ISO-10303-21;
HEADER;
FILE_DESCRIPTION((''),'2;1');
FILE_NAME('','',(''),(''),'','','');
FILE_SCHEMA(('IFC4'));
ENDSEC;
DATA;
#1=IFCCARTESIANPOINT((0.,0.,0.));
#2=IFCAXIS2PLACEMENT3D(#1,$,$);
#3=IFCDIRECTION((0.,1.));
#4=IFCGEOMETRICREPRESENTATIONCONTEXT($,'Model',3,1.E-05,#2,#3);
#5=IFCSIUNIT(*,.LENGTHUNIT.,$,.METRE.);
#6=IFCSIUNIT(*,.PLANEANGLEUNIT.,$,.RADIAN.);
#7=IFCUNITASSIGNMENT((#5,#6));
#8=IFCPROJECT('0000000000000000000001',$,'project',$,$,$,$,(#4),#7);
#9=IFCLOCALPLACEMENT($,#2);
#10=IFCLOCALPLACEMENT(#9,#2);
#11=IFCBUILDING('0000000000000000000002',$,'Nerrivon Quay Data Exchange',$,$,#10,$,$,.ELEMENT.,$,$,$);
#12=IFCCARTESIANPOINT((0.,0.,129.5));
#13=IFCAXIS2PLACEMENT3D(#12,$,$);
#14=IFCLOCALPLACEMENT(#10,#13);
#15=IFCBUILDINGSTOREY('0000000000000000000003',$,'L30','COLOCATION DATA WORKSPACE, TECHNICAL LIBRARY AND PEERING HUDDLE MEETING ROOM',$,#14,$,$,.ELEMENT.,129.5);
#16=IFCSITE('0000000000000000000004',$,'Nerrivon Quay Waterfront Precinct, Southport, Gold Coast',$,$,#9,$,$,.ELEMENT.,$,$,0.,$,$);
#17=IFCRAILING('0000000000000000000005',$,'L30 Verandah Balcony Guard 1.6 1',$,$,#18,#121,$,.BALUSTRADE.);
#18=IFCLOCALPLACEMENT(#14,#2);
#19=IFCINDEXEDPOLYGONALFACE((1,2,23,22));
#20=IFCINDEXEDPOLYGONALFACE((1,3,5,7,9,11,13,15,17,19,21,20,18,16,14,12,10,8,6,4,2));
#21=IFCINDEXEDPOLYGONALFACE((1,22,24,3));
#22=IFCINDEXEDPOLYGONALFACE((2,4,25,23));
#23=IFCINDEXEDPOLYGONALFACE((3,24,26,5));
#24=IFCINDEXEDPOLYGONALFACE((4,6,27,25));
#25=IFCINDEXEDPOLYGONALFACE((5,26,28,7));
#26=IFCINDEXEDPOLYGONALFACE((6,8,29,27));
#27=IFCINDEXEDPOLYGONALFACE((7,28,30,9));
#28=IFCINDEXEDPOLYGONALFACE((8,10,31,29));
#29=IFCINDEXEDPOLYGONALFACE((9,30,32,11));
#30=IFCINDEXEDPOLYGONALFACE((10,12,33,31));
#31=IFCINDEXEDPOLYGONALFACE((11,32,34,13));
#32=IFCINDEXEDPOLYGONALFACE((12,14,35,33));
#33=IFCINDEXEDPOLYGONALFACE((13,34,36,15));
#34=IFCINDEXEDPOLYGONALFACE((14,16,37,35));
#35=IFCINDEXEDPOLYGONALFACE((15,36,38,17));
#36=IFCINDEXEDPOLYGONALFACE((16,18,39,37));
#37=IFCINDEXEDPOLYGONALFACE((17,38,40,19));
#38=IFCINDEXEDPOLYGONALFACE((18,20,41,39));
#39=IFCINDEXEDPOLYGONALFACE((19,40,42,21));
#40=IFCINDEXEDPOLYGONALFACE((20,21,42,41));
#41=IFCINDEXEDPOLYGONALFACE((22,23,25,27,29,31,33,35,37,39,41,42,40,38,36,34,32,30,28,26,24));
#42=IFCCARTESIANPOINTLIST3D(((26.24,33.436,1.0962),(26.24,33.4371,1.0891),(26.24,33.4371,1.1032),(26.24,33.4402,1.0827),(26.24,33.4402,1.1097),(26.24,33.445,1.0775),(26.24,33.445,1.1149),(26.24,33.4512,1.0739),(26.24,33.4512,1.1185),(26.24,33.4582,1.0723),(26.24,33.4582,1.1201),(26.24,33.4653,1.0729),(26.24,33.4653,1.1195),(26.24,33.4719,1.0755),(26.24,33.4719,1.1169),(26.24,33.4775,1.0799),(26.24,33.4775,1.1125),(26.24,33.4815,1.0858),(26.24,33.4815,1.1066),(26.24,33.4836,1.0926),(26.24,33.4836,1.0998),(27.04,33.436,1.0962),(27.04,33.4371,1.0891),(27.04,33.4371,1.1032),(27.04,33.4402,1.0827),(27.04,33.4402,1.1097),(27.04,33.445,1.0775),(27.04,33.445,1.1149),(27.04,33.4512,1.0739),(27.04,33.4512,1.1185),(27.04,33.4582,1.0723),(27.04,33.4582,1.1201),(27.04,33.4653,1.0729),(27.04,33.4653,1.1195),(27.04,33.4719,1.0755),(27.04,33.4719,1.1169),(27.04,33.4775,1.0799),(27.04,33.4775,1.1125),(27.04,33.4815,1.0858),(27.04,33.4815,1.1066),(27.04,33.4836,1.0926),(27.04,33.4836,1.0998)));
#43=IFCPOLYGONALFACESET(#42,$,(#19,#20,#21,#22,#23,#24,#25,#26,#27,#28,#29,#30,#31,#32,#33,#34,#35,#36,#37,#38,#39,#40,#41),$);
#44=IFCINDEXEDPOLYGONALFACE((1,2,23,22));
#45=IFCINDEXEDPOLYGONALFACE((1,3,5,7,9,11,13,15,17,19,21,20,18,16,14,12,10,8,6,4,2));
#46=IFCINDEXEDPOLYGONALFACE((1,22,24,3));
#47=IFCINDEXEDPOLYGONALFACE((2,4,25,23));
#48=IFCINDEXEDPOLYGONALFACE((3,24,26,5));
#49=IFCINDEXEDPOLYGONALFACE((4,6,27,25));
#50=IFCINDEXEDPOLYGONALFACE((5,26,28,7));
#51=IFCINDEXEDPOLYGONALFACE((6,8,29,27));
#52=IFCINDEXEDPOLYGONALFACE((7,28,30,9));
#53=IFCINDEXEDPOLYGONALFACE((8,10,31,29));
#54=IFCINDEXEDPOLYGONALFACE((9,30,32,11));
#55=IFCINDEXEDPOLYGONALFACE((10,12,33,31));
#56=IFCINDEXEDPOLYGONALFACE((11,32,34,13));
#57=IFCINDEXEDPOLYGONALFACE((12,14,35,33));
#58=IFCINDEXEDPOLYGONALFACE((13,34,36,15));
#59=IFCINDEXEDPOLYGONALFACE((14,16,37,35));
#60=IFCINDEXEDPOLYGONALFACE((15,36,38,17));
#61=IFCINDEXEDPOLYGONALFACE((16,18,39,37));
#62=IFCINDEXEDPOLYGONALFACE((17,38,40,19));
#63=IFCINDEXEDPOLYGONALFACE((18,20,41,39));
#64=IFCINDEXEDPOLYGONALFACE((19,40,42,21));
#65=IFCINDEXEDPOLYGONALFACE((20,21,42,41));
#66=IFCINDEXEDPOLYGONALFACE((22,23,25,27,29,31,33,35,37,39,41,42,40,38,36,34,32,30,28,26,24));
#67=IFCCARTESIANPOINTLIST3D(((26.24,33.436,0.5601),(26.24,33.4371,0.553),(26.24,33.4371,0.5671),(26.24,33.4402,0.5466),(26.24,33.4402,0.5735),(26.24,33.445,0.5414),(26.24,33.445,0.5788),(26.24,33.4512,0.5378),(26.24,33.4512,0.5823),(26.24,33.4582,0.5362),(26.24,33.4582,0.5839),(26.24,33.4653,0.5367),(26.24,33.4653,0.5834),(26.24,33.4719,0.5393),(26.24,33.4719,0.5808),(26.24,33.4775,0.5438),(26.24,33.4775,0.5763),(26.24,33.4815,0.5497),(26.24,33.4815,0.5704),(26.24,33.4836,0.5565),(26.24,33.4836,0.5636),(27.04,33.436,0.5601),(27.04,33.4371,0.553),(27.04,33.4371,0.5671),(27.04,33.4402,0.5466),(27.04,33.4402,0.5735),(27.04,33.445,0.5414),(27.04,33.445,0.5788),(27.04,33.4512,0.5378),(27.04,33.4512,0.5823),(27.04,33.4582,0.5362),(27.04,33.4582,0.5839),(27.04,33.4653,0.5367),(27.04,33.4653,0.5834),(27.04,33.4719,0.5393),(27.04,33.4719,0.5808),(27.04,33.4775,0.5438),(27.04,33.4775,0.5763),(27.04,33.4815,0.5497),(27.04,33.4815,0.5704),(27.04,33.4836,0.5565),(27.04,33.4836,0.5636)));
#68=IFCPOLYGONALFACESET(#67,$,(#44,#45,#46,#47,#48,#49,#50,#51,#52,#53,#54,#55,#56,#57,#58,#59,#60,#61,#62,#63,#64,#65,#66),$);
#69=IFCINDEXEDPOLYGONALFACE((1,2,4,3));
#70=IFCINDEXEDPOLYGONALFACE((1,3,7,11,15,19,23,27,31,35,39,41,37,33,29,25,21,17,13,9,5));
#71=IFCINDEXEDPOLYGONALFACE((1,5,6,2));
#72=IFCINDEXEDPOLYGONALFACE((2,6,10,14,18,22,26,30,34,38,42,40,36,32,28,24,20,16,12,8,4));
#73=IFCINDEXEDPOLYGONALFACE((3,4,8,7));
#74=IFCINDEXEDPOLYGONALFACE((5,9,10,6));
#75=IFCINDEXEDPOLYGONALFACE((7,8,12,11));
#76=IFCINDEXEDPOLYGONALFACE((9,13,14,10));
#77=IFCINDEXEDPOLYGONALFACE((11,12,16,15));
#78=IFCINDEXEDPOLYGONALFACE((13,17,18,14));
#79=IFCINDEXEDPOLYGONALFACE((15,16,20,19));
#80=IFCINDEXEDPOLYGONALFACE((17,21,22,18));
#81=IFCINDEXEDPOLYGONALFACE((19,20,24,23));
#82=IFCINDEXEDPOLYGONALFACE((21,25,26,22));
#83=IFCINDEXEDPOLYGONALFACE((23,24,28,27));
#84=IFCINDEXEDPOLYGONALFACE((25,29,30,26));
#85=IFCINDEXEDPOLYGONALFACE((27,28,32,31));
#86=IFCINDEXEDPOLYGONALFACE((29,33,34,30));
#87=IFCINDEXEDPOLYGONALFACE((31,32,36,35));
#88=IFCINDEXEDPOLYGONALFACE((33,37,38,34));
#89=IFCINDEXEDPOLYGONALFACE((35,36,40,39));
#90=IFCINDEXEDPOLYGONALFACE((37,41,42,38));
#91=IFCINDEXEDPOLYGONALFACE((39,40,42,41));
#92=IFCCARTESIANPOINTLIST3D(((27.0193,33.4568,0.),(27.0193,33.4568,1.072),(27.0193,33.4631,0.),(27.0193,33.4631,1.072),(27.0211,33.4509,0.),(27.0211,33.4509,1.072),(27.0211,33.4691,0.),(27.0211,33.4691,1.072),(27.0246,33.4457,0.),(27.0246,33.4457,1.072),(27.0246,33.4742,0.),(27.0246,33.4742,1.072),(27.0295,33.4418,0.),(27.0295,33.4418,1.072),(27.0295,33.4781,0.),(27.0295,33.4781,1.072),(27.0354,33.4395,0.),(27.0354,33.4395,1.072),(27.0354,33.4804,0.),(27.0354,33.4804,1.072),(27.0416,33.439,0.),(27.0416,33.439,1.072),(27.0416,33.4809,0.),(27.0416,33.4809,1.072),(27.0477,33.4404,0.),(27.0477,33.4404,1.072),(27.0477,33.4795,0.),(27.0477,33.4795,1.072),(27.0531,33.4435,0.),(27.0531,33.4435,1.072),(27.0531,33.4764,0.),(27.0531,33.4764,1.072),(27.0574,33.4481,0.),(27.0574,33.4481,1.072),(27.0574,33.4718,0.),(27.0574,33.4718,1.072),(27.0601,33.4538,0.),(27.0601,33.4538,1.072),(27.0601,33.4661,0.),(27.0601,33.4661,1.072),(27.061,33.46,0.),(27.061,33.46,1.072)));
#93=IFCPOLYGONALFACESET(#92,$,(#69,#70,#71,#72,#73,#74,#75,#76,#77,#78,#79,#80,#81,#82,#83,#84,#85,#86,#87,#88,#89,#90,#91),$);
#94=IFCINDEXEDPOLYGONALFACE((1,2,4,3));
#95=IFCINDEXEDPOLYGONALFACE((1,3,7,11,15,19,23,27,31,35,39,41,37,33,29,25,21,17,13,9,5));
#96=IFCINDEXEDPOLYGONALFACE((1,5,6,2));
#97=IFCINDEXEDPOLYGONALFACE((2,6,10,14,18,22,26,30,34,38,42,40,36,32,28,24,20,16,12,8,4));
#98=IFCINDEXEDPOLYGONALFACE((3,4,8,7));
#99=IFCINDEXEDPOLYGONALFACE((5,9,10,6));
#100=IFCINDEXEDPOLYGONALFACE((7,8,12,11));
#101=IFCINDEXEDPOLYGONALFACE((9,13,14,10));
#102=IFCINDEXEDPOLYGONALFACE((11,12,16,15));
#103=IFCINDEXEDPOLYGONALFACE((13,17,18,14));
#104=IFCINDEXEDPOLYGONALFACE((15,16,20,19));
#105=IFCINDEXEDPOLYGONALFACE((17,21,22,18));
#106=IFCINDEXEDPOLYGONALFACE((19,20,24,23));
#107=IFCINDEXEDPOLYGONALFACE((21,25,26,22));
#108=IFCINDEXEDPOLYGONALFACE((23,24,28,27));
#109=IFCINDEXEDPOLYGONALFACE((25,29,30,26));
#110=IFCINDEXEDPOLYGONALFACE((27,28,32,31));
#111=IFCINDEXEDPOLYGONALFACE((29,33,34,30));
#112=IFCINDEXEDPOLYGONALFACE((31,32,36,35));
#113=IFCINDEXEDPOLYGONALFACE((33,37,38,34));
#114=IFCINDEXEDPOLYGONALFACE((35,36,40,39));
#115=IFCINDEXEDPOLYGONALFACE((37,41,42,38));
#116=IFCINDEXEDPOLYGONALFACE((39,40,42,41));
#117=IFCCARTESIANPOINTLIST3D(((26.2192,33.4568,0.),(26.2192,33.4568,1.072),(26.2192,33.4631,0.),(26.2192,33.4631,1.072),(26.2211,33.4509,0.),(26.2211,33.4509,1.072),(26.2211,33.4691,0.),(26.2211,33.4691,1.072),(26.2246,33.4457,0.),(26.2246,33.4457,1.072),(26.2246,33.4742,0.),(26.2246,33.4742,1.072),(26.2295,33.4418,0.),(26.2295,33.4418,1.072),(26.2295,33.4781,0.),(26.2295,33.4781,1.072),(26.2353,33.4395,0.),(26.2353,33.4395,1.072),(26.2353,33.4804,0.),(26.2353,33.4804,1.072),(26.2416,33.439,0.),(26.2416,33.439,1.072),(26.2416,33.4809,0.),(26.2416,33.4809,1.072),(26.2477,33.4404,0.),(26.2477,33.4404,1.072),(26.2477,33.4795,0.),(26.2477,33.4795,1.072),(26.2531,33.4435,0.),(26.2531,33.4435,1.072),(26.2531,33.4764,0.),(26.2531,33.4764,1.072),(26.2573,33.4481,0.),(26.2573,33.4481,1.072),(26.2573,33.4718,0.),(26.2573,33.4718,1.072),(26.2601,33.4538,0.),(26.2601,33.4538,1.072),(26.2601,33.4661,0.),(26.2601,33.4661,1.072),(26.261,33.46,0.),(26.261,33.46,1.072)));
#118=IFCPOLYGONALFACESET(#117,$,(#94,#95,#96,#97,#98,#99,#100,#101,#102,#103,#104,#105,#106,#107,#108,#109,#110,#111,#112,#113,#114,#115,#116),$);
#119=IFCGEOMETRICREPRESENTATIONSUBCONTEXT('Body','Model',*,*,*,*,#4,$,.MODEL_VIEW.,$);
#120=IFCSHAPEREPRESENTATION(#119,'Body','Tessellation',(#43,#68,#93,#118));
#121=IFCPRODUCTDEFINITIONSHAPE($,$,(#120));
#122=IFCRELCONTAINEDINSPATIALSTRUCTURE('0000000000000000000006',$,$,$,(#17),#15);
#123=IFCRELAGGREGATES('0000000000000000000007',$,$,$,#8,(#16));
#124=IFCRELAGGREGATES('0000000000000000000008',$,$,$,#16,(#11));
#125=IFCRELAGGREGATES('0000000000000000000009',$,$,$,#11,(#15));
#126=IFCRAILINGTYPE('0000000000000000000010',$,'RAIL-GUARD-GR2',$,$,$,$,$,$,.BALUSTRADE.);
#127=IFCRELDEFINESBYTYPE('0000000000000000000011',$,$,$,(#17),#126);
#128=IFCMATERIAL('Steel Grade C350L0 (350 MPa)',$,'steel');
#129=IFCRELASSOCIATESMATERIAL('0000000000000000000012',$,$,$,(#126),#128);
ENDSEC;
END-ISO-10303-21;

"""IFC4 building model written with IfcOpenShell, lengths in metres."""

from ifc_helpers import new_model, si_unit, direction, frame, origin, origin_2d, place, context, subcontext, project, spatial, circle, extrude, material, type_object, element, save


model = new_model("IFC4")

# Units and contexts
model_context = context("Model", 3, precision=1e-05, world=origin(), true_north=direction((0.0, 1.0)))
body_context = subcontext(model_context, "Body", "Model", "MODEL_VIEW")
ifc_project = project(units=[si_unit("LENGTHUNIT", "METRE"), si_unit("PLANEANGLEUNIT", "RADIAN")], contexts=[model_context])

# Site, building, storey
site_placement = place(None, origin())
site = spatial("IfcSite", under=ifc_project, at=site_placement, Name="Nerrivon Quay Waterfront Precinct, Southport, Gold Coast", CompositionType="ELEMENT", RefElevation=0.0)
building_placement = place(site_placement, origin())
building = spatial("IfcBuilding", under=site, at=building_placement, Name="Nerrivon Quay Data Exchange", CompositionType="ELEMENT")
storey_placement = place(building_placement, frame((0.0, 0.0, 129.5)))
storey = spatial("IfcBuildingStorey", under=building, at=storey_placement, Name="L30", Description="COLOCATION DATA WORKSPACE, TECHNICAL LIBRARY AND PEERING HUDDLE MEETING ROOM", CompositionType="ELEMENT", Elevation=129.5)

# Railing
ifc_material_1 = material(Name="Steel Grade C350L0 (350 MPa)", Category="steel")
railing_type = type_object("IfcRailingType", Name="RAIL-GUARD-GR2", PredefinedType="BALUSTRADE", material=ifc_material_1)
railing_1_placement = place(storey_placement, frame((27.04, 33.46, 0.0)))
element("IfcRailing", 1, at=railing_1_placement, inside=storey, type_object=railing_type, Name="L30 Verandah Balcony Guard 1.6 1", PredefinedType="BALUSTRADE", context=body_context, shape_type="SweptSolid", body=[
    extrude(circle(Radius=0.0239, at=origin_2d()), frame((0.0, 0.0, 1.0962), z_axis=(-1.0, 0.0, 0.0), x_axis=(0.0, -1.0, 0.0)), (0.0, 0.0, 1.0), 0.8),
    extrude(circle(Radius=0.0239, at=origin_2d()), frame((0.0, 0.0, 0.5601), z_axis=(-1.0, 0.0, 0.0), x_axis=(0.0, -1.0, 0.0)), (0.0, 0.0, 1.0), 0.8),
    extrude(circle(Radius=0.021, at=origin_2d()), origin(), (0.0, 0.0, 1.0), 1.072),
    extrude(circle(Radius=0.021, at=origin_2d()), frame((-0.8, 0.0, 0.0)), (0.0, 0.0, 1.0), 1.072),
])

save(model, "model.ifc")
